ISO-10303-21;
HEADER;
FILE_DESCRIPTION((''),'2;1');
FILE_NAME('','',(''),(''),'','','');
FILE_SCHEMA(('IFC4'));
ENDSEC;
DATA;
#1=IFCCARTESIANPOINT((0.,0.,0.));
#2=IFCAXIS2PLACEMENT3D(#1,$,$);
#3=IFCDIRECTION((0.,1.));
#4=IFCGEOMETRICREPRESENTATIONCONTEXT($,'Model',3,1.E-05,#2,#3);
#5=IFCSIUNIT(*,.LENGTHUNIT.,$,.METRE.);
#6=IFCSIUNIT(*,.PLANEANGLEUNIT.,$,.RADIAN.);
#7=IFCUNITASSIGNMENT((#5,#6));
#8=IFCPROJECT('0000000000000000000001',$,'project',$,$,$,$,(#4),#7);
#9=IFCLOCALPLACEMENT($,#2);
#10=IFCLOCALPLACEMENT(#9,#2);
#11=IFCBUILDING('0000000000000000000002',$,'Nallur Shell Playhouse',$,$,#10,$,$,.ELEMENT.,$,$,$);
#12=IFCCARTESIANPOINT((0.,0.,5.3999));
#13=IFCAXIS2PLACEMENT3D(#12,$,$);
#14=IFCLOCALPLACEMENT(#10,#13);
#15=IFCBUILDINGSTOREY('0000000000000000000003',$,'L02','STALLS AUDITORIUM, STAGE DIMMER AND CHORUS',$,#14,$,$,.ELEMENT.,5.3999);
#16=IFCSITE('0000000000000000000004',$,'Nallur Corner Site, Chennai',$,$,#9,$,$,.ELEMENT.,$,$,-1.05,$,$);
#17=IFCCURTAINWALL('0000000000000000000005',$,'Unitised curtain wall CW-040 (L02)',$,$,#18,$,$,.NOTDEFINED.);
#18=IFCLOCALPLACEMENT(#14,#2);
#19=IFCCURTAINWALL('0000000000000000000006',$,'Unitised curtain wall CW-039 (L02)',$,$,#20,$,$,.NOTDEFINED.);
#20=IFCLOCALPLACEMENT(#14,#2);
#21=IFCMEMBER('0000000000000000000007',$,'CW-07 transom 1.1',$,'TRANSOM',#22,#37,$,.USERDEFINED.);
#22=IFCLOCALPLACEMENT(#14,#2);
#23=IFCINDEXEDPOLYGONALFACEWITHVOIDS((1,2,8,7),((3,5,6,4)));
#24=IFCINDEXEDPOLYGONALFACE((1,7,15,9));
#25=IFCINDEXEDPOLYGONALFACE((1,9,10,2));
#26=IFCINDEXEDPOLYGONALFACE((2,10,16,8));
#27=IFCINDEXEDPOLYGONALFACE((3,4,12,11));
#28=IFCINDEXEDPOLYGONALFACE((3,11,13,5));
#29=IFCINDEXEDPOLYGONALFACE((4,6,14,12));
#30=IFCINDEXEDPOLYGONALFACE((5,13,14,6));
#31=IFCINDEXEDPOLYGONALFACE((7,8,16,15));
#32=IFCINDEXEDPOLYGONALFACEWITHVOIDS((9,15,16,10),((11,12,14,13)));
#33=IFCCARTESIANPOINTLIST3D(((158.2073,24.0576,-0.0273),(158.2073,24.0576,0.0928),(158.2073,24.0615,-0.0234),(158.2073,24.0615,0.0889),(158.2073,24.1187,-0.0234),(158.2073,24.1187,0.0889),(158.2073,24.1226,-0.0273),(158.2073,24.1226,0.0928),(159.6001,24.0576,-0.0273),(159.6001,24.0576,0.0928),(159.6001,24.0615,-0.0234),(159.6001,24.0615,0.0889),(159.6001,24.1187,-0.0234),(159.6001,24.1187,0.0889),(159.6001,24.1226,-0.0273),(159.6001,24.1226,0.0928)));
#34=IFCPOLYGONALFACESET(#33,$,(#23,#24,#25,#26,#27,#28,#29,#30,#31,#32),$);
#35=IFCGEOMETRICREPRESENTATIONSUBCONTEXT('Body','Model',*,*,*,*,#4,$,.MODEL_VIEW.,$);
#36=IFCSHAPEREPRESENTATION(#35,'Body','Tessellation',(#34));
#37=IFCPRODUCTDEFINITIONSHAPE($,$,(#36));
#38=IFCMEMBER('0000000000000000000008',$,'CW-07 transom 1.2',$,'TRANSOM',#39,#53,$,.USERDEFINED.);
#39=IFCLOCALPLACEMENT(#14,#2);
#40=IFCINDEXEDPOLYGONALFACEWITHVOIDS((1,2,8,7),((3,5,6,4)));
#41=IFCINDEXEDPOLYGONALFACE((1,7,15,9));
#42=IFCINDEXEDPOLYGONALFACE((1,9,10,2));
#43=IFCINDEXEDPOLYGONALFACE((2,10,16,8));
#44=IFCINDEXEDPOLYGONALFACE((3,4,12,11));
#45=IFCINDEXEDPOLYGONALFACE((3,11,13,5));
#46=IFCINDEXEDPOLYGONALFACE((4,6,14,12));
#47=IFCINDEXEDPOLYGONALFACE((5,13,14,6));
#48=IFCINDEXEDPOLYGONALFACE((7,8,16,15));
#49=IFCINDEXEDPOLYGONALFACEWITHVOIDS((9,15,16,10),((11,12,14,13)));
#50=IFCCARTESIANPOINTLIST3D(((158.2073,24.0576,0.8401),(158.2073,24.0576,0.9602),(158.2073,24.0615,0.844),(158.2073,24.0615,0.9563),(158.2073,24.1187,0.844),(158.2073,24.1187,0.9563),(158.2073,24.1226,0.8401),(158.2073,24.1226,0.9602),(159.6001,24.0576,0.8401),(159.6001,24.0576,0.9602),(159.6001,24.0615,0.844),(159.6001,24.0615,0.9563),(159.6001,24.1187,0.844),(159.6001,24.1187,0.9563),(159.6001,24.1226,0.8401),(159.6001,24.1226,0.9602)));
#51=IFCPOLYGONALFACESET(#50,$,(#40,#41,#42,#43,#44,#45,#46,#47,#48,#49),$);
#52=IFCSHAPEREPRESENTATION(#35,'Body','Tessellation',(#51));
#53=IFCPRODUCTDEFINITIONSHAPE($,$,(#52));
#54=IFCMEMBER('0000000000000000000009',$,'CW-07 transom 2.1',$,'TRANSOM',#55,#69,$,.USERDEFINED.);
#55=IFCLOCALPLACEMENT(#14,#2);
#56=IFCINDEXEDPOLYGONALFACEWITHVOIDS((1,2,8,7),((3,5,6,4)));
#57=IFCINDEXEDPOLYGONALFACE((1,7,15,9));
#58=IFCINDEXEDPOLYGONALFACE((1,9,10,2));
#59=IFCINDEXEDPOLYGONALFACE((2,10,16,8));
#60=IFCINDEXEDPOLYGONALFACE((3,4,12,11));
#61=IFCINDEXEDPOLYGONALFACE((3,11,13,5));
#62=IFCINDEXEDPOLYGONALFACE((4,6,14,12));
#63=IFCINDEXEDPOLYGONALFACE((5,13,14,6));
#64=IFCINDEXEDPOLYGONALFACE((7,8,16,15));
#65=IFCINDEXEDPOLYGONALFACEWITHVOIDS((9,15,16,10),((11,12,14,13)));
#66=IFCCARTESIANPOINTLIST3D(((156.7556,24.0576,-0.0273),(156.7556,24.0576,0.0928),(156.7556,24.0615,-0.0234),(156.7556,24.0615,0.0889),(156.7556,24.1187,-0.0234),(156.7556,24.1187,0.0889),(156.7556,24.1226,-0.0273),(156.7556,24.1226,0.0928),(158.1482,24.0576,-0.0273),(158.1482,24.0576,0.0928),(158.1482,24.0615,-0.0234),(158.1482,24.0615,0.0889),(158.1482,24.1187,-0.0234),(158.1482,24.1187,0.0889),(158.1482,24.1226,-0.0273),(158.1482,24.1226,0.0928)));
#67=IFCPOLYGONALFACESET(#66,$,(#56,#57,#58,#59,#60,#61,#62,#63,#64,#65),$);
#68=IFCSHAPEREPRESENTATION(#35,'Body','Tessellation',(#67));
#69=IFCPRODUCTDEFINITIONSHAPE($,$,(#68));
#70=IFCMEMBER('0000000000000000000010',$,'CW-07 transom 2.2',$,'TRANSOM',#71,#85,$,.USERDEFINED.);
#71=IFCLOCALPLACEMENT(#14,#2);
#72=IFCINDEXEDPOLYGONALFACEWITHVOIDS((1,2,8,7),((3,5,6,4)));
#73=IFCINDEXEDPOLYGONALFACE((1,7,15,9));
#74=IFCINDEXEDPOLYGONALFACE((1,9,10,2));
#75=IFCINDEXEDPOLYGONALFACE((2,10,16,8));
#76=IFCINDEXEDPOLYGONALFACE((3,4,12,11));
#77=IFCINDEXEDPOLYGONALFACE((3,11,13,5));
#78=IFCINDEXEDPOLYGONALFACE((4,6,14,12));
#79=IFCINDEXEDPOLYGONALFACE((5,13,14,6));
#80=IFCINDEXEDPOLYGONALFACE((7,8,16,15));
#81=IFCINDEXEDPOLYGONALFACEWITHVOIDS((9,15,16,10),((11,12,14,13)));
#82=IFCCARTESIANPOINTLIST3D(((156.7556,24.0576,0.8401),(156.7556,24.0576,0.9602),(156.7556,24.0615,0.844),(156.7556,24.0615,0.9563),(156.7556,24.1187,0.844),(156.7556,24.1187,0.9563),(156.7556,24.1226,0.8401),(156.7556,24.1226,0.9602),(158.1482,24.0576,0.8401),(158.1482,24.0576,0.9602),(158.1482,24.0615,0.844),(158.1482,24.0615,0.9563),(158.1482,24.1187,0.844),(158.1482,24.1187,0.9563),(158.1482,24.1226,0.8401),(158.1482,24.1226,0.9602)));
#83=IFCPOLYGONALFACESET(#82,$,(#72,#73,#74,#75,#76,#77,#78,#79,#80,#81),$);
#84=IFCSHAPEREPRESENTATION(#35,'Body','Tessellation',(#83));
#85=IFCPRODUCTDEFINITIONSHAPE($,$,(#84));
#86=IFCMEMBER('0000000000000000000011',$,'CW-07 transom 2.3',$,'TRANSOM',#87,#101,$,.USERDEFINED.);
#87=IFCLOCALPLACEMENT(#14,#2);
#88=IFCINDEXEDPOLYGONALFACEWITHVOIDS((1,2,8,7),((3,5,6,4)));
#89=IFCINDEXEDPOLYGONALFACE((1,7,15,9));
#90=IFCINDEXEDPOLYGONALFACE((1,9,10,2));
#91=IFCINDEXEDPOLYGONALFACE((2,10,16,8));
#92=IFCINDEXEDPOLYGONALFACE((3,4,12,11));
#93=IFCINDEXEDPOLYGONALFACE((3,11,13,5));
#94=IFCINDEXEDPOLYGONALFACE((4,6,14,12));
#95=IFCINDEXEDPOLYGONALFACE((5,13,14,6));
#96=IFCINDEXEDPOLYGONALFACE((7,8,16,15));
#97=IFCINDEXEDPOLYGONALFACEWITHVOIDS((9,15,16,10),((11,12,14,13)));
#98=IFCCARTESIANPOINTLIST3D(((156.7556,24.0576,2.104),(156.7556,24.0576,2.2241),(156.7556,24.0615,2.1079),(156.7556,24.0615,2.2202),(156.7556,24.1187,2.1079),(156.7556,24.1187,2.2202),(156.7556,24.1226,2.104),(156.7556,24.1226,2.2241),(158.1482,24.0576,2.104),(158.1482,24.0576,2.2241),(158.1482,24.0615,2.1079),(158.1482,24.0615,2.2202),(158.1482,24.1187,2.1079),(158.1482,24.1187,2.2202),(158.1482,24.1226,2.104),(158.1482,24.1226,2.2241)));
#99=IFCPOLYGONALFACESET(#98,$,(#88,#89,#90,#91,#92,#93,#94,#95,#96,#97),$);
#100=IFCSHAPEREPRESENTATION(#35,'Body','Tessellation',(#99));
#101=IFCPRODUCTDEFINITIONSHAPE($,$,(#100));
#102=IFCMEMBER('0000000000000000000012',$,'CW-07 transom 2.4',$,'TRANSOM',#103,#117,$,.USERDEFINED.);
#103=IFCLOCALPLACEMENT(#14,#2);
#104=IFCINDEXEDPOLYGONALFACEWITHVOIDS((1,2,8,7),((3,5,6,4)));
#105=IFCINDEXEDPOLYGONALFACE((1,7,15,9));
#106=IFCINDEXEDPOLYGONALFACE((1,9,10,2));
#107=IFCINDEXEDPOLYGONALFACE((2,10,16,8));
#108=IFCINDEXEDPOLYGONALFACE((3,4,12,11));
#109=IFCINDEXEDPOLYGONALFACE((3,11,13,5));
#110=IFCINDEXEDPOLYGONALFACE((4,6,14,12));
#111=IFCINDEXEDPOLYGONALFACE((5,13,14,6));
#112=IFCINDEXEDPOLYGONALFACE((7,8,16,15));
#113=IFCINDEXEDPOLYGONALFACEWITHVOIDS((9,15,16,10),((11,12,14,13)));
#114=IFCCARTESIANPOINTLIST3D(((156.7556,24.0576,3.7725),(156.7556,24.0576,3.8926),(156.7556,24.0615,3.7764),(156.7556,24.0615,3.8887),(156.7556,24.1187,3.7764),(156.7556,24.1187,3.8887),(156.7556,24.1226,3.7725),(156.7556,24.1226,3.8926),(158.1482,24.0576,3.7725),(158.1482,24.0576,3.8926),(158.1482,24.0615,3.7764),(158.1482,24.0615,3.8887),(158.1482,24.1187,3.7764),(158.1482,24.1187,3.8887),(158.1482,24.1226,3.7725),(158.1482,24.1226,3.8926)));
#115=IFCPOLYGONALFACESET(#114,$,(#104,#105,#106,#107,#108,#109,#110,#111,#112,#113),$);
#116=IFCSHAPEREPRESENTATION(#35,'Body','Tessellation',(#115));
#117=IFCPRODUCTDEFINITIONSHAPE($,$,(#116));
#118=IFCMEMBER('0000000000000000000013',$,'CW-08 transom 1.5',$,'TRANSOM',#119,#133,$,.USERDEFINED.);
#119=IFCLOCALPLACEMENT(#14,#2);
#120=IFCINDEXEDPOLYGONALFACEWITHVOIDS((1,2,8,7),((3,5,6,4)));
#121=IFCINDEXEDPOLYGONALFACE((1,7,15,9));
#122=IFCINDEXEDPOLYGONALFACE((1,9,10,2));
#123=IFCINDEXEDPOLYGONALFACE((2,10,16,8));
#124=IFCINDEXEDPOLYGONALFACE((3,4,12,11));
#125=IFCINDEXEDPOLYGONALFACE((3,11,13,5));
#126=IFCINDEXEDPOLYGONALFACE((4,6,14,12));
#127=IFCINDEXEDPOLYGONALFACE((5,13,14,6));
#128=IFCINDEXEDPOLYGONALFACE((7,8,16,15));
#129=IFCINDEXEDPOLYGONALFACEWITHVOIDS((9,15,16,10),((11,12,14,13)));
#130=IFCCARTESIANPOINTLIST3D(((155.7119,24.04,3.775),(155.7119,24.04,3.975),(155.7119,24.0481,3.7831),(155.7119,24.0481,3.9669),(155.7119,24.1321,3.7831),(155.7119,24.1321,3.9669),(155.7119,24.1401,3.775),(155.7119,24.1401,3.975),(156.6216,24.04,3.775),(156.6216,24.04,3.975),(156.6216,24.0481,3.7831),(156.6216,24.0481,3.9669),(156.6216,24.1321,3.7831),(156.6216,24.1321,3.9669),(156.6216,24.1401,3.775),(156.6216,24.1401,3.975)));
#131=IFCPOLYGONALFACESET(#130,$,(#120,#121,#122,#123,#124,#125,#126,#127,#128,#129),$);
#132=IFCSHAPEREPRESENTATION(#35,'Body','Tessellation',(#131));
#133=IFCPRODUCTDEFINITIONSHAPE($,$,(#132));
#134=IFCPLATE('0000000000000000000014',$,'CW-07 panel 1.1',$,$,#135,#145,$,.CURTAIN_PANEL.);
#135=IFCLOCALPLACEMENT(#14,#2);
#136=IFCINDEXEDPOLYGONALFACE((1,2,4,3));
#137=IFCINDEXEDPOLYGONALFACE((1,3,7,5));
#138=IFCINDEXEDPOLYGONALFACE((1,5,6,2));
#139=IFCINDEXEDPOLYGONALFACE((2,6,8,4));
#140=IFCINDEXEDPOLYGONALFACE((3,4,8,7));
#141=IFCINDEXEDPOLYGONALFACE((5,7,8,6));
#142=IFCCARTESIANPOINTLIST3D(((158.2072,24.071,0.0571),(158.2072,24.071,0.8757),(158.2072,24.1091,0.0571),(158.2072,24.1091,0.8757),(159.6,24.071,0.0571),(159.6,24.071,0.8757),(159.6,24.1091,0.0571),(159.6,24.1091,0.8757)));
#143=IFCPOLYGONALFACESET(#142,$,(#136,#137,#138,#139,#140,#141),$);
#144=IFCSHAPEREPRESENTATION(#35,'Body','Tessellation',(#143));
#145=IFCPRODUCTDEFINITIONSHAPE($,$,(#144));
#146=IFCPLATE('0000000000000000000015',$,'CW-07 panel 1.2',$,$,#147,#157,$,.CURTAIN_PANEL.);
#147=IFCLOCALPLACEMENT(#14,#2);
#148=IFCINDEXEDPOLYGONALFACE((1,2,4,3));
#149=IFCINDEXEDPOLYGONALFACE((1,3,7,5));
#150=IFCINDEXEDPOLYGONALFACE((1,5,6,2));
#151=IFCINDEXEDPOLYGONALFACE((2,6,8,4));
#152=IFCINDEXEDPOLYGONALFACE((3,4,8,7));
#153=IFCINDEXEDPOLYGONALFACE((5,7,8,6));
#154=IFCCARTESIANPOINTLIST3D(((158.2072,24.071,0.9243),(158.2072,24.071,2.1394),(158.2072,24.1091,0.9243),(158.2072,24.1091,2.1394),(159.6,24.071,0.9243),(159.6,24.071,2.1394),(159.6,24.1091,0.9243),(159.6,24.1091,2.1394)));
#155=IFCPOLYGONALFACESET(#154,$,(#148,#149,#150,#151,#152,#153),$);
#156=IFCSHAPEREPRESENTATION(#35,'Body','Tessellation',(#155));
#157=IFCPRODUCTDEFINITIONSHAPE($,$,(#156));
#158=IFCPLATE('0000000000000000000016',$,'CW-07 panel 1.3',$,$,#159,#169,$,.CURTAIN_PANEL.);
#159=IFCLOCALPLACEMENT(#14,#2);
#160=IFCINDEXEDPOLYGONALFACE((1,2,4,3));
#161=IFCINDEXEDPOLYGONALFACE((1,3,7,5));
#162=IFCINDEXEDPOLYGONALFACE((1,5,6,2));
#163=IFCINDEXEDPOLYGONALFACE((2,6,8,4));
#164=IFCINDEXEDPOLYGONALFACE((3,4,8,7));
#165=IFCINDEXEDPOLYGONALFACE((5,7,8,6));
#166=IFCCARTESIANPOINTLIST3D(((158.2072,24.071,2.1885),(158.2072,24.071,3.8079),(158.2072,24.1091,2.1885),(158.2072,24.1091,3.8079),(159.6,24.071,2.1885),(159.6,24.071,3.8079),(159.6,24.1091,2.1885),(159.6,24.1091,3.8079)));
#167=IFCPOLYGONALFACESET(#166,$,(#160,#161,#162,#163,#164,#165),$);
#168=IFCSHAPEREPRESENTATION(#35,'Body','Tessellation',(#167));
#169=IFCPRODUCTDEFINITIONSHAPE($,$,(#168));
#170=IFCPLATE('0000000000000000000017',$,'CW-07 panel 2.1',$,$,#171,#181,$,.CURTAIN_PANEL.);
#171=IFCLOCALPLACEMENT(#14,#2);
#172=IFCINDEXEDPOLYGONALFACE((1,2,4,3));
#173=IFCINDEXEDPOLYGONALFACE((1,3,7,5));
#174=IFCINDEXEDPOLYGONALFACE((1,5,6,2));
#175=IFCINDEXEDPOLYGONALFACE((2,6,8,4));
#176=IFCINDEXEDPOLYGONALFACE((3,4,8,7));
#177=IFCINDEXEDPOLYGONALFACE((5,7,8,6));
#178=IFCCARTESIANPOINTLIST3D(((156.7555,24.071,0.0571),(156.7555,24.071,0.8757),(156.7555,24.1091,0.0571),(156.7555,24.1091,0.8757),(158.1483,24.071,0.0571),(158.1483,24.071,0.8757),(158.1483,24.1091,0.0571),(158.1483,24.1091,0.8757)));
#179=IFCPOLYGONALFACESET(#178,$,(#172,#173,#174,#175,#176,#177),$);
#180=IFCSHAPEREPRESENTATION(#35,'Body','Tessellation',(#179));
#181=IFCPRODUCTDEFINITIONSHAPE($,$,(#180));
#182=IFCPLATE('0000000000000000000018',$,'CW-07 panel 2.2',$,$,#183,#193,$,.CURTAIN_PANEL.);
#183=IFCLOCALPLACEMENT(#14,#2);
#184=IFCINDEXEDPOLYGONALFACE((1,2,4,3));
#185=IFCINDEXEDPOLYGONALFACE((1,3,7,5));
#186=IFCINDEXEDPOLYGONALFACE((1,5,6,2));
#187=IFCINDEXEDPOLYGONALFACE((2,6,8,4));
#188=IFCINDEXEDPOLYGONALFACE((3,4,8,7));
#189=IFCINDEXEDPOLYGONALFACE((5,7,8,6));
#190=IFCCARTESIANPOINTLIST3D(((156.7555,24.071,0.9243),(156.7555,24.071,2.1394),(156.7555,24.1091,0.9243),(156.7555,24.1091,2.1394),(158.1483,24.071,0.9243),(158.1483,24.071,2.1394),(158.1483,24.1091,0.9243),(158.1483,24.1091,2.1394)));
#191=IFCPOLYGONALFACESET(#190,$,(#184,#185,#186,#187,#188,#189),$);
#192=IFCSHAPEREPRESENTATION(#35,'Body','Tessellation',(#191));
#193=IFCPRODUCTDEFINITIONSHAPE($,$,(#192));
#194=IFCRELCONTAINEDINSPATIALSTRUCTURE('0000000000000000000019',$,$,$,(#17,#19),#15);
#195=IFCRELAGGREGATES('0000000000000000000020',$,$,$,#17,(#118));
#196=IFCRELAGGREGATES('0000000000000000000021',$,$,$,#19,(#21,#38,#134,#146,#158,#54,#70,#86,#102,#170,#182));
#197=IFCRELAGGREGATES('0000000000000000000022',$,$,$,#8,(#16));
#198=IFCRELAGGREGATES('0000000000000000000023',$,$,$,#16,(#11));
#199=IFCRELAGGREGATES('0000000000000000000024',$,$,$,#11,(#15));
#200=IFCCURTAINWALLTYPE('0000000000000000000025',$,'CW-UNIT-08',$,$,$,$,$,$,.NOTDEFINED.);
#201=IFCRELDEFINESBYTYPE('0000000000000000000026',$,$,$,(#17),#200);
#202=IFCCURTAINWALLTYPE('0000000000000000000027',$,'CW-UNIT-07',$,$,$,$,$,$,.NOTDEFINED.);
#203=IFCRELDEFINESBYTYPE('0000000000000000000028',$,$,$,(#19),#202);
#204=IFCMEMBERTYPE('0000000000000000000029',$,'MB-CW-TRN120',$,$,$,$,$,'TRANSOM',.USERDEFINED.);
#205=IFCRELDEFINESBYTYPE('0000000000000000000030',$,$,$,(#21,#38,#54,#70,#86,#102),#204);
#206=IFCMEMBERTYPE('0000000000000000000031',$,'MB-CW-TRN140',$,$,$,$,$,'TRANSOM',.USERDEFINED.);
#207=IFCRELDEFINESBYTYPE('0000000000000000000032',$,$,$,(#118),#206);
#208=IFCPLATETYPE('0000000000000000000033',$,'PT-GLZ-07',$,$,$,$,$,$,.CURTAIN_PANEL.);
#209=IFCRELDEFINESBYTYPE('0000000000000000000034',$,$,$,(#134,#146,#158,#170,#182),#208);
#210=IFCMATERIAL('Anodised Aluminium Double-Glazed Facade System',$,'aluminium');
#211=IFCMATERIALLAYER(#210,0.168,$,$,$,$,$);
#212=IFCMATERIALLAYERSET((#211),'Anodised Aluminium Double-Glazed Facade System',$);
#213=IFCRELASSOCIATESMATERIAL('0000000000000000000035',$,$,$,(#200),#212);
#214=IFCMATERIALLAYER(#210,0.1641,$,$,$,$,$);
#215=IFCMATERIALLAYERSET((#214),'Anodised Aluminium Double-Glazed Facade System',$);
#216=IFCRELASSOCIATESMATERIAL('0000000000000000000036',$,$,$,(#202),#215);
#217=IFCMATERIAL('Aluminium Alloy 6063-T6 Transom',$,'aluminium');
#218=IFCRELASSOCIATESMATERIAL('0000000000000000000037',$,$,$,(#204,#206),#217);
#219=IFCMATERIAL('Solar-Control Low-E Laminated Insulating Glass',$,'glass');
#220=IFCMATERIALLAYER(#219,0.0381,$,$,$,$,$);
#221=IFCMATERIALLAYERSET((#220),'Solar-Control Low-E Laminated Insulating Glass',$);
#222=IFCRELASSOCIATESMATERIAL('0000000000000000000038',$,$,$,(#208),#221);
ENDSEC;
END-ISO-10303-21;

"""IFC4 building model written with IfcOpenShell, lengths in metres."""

from ifc_helpers import new_model, si_unit, direction, frame, origin, origin_2d, place, context, subcontext, project, spatial, rectangle, hollow_rectangle, extrude, material, layer, layer_set, material_profile, profile_set, type_object, element, aggregate, save


model = new_model("IFC4")

# Units and contexts
model_context = context("Model", 3, precision=1e-05, world=origin(), true_north=direction((0.0, 1.0)))
body_context = subcontext(model_context, "Body", "Model", "MODEL_VIEW")
ifc_project = project(units=[si_unit("LENGTHUNIT", "METRE"), si_unit("PLANEANGLEUNIT", "RADIAN")], contexts=[model_context])

# Site, building, storey
site_placement = place(None, origin())
site = spatial("IfcSite", under=ifc_project, at=site_placement, Name="Nallur Corner Site, Chennai", CompositionType="ELEMENT", RefElevation=-1.05)
building_placement = place(site_placement, origin())
building = spatial("IfcBuilding", under=site, at=building_placement, Name="Nallur Shell Playhouse", CompositionType="ELEMENT")
storey_placement = place(building_placement, frame((0.0, 0.0, 5.3999)))
storey = spatial("IfcBuildingStorey", under=building, at=storey_placement, Name="L02", Description="STALLS AUDITORIUM, STAGE DIMMER AND CHORUS", CompositionType="ELEMENT", Elevation=5.3999)

# Curtain wall
ifc_material_1 = material(Name="Anodised Aluminium Double-Glazed Facade System", Category="aluminium")
ifc_layer_1 = layer(ifc_material_1, 0.168)
ifc_layer_set_1 = layer_set([ifc_layer_1], Name="Anodised Aluminium Double-Glazed Facade System")
curtain_wall_type_1 = type_object("IfcCurtainWallType", Name="CW-UNIT-08", PredefinedType="NOTDEFINED", material=ifc_layer_set_1)
curtain_wall_1_placement = place(storey_placement, origin())
curtain_wall_1 = element("IfcCurtainWall", 1, at=curtain_wall_1_placement, inside=storey, type_object=curtain_wall_type_1, Name="Unitised curtain wall CW-040 (L02)", PredefinedType="NOTDEFINED")

# Curtain wall, members
ifc_layer_2 = layer(ifc_material_1, 0.1641)
ifc_layer_set_2 = layer_set([ifc_layer_2], Name="Anodised Aluminium Double-Glazed Facade System")
curtain_wall_type_2 = type_object("IfcCurtainWallType", Name="CW-UNIT-07", PredefinedType="NOTDEFINED", material=ifc_layer_set_2)
curtain_wall_2_placement = place(storey_placement, origin())
curtain_wall_2 = element("IfcCurtainWall", 2, at=curtain_wall_2_placement, inside=storey, type_object=curtain_wall_type_2, Name="Unitised curtain wall CW-039 (L02)", PredefinedType="NOTDEFINED")
ifc_material_2 = material(Name="Aluminium Alloy 6063-T6 Transom", Category="aluminium")
ifc_material_profile_1 = material_profile(ifc_material_2, hollow_rectangle(XDim=0.0649, YDim=0.1201, WallThickness=0.0039, at=origin_2d()), Name="ALU 65x120x4")
ifc_profile_set_1 = profile_set([ifc_material_profile_1], Name="Aluminium Alloy 6063-T6 Transom")
member_type_1 = type_object("IfcMemberType", Name="MB-CW-TRN120", ElementType="TRANSOM", PredefinedType="USERDEFINED", material=ifc_profile_set_1)
member_1_placement = place(storey_placement, frame((159.6001, 24.0901, 0.0327), z_axis=(-1.0, 0.0, 0.0), x_axis=(0.0, -1.0, 0.0)))
member_1 = element("IfcMember", 3, at=member_1_placement, type_object=member_type_1, Name="CW-07 transom 1.1", ObjectType="TRANSOM", PredefinedType="USERDEFINED", context=body_context, shape_type="SweptSolid", body=[
    extrude(hollow_rectangle(XDim=0.0649, YDim=0.1201, WallThickness=0.0039, at=origin_2d()), origin(), (0.0, 0.0, 1.0), 1.3928),
])
member_2_placement = place(storey_placement, frame((159.6001, 24.0901, 0.9001), z_axis=(-1.0, 0.0, 0.0), x_axis=(0.0, -1.0, 0.0)))
member_2 = element("IfcMember", 4, at=member_2_placement, type_object=member_type_1, Name="CW-07 transom 1.2", ObjectType="TRANSOM", PredefinedType="USERDEFINED", context=body_context, shape_type="SweptSolid", body=[
    extrude(hollow_rectangle(XDim=0.0649, YDim=0.1201, WallThickness=0.0039, at=origin_2d()), origin(), (0.0, 0.0, 1.0), 1.3928),
])
member_3_placement = place(storey_placement, frame((158.1482, 24.0901, 0.0327), z_axis=(-1.0, 0.0, 0.0), x_axis=(0.0, -1.0, 0.0)))
member_3 = element("IfcMember", 5, at=member_3_placement, type_object=member_type_1, Name="CW-07 transom 2.1", ObjectType="TRANSOM", PredefinedType="USERDEFINED", context=body_context, shape_type="SweptSolid", body=[
    extrude(hollow_rectangle(XDim=0.0649, YDim=0.1201, WallThickness=0.0039, at=origin_2d()), origin(), (0.0, 0.0, 1.0), 1.3926),
])
member_4_placement = place(storey_placement, frame((158.1482, 24.0901, 0.9001), z_axis=(-1.0, 0.0, 0.0), x_axis=(0.0, -1.0, 0.0)))
member_4 = element("IfcMember", 6, at=member_4_placement, type_object=member_type_1, Name="CW-07 transom 2.2", ObjectType="TRANSOM", PredefinedType="USERDEFINED", context=body_context, shape_type="SweptSolid", body=[
    extrude(hollow_rectangle(XDim=0.0649, YDim=0.1201, WallThickness=0.0039, at=origin_2d()), origin(), (0.0, 0.0, 1.0), 1.3926),
])
member_5_placement = place(storey_placement, frame((158.1482, 24.0901, 2.1641), z_axis=(-1.0, 0.0, 0.0), x_axis=(0.0, -1.0, 0.0)))
member_5 = element("IfcMember", 7, at=member_5_placement, type_object=member_type_1, Name="CW-07 transom 2.3", ObjectType="TRANSOM", PredefinedType="USERDEFINED", context=body_context, shape_type="SweptSolid", body=[
    extrude(hollow_rectangle(XDim=0.0649, YDim=0.1201, WallThickness=0.0039, at=origin_2d()), origin(), (0.0, 0.0, 1.0), 1.3926),
])
member_6_placement = place(storey_placement, frame((158.1482, 24.0901, 3.8325), z_axis=(-1.0, 0.0, 0.0), x_axis=(0.0, -1.0, 0.0)))
member_6 = element("IfcMember", 8, at=member_6_placement, type_object=member_type_1, Name="CW-07 transom 2.4", ObjectType="TRANSOM", PredefinedType="USERDEFINED", context=body_context, shape_type="SweptSolid", body=[
    extrude(hollow_rectangle(XDim=0.0649, YDim=0.1201, WallThickness=0.0039, at=origin_2d()), origin(), (0.0, 0.0, 1.0), 1.3926),
])

# Member
ifc_material_profile_2 = material_profile(ifc_material_2, hollow_rectangle(XDim=0.1001, YDim=0.2, WallThickness=0.0081, at=origin_2d()), Name="RHS 200x100x8")
ifc_profile_set_2 = profile_set([ifc_material_profile_2], Name="Aluminium Alloy 6063-T6 Transom")
member_type_2 = type_object("IfcMemberType", Name="MB-CW-TRN140", ElementType="TRANSOM", PredefinedType="USERDEFINED", material=ifc_profile_set_2)
member_7_placement = place(storey_placement, frame((156.6216, 24.0901, 3.875), z_axis=(-1.0, 0.0, 0.0), x_axis=(0.0, -1.0, 0.0)))
member_7 = element("IfcMember", 9, at=member_7_placement, type_object=member_type_2, Name="CW-08 transom 1.5", ObjectType="TRANSOM", PredefinedType="USERDEFINED", context=body_context, shape_type="SweptSolid", body=[
    extrude(hollow_rectangle(XDim=0.1001, YDim=0.2, WallThickness=0.0081, at=origin_2d()), origin(), (0.0, 0.0, 1.0), 0.9097),
])
aggregate(curtain_wall_1, [member_7])

# Plates
ifc_material_3 = material(Name="Solar-Control Low-E Laminated Insulating Glass", Category="glass")
ifc_layer_3 = layer(ifc_material_3, 0.0381)
ifc_layer_set_3 = layer_set([ifc_layer_3], Name="Solar-Control Low-E Laminated Insulating Glass")
plate_type = type_object("IfcPlateType", Name="PT-GLZ-07", PredefinedType="CURTAIN_PANEL", material=ifc_layer_set_3)
plate_1_placement = place(storey_placement, frame((158.9036, 24.0901, 0.0571), z_axis=(0.0, 0.0, 1.0), x_axis=(-1.0, 0.0, 0.0)))
plate_1 = element("IfcPlate", 10, at=plate_1_placement, type_object=plate_type, Name="CW-07 panel 1.1", PredefinedType="CURTAIN_PANEL", context=body_context, shape_type="SweptSolid", body=[
    extrude(rectangle(XDim=1.3928, YDim=0.0381, at=origin_2d()), origin(), (0.0, 0.0, 1.0), 0.8186),
])
plate_2_placement = place(storey_placement, frame((158.9036, 24.0901, 0.9243), z_axis=(0.0, 0.0, 1.0), x_axis=(-1.0, 0.0, 0.0)))
plate_2 = element("IfcPlate", 11, at=plate_2_placement, type_object=plate_type, Name="CW-07 panel 1.2", PredefinedType="CURTAIN_PANEL", context=body_context, shape_type="SweptSolid", body=[
    extrude(rectangle(XDim=1.3928, YDim=0.0381, at=origin_2d()), origin(), (0.0, 0.0, 1.0), 1.2151),
])
plate_3_placement = place(storey_placement, frame((158.9036, 24.0901, 2.1885), z_axis=(0.0, 0.0, 1.0), x_axis=(-1.0, 0.0, 0.0)))
plate_3 = element("IfcPlate", 12, at=plate_3_placement, type_object=plate_type, Name="CW-07 panel 1.3", PredefinedType="CURTAIN_PANEL", context=body_context, shape_type="SweptSolid", body=[
    extrude(rectangle(XDim=1.3928, YDim=0.0381, at=origin_2d()), origin(), (0.0, 0.0, 1.0), 1.6194),
])
plate_4_placement = place(storey_placement, frame((157.4519, 24.0901, 0.0571), z_axis=(0.0, 0.0, 1.0), x_axis=(-1.0, 0.0, 0.0)))
plate_4 = element("IfcPlate", 13, at=plate_4_placement, type_object=plate_type, Name="CW-07 panel 2.1", PredefinedType="CURTAIN_PANEL", context=body_context, shape_type="SweptSolid", body=[
    extrude(rectangle(XDim=1.3928, YDim=0.0381, at=origin_2d()), origin(), (0.0, 0.0, 1.0), 0.8186),
])
plate_5_placement = place(storey_placement, frame((157.4519, 24.0901, 0.9243), z_axis=(0.0, 0.0, 1.0), x_axis=(-1.0, 0.0, 0.0)))
plate_5 = element("IfcPlate", 14, at=plate_5_placement, type_object=plate_type, Name="CW-07 panel 2.2", PredefinedType="CURTAIN_PANEL", context=body_context, shape_type="SweptSolid", body=[
    extrude(rectangle(XDim=1.3928, YDim=0.0381, at=origin_2d()), origin(), (0.0, 0.0, 1.0), 1.2151),
])
aggregate(curtain_wall_2, [member_1, member_2, plate_1, plate_2, plate_3, member_3, member_4, member_5, member_6, plate_4, plate_5])

save(model, "model.ifc")
